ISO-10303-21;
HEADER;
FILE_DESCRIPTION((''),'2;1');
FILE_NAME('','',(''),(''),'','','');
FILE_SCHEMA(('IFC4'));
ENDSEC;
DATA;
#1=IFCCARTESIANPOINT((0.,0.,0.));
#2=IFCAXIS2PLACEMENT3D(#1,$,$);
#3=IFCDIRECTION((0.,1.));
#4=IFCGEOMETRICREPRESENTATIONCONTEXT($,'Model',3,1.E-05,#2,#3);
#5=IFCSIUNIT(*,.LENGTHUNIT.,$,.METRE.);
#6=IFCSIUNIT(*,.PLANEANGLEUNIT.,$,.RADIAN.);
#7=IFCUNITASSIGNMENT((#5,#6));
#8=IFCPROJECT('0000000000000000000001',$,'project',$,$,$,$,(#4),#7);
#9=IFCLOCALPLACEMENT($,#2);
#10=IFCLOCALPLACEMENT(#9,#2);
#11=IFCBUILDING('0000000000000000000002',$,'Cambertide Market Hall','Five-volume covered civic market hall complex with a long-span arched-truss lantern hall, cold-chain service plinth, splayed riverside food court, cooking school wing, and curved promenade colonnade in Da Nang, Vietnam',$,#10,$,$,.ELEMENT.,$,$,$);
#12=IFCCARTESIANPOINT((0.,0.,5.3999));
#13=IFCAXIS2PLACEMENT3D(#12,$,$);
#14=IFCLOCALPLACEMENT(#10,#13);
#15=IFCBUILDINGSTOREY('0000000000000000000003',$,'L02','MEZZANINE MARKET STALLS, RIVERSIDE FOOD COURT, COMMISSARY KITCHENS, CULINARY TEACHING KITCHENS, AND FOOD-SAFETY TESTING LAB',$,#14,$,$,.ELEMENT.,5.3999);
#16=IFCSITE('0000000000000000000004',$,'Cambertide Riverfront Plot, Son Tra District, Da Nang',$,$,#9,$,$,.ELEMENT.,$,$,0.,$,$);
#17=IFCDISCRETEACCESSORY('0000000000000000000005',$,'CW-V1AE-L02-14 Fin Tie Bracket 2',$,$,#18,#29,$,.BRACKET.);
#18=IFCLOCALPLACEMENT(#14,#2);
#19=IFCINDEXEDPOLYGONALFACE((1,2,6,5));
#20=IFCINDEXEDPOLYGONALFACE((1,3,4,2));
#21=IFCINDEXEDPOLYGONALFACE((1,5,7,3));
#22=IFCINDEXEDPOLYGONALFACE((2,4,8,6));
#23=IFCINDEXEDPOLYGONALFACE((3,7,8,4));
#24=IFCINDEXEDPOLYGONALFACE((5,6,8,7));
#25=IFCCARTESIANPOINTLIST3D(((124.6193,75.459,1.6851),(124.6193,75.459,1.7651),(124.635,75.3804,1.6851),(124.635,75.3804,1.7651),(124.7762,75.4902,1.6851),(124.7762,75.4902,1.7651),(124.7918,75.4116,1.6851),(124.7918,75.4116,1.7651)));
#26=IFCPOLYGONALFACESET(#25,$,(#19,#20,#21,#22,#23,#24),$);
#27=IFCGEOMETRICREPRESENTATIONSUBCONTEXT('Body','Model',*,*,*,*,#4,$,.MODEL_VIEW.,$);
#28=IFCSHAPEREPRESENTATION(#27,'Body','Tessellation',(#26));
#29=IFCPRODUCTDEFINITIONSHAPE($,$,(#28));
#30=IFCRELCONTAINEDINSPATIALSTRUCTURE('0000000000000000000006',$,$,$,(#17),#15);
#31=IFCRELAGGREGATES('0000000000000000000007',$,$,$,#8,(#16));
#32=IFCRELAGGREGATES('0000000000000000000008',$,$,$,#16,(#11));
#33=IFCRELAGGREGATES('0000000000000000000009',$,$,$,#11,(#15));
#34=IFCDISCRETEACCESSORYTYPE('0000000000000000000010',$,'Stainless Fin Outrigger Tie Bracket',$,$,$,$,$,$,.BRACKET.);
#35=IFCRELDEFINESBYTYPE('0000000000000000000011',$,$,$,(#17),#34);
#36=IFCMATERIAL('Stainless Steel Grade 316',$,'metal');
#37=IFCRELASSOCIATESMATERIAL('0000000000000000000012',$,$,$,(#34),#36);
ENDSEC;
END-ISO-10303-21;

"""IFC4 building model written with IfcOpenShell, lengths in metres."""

from ifc_helpers import new_model, si_unit, direction, frame, origin, origin_2d, place, context, subcontext, project, spatial, rectangle, extrude, material, type_object, element, save


model = new_model("IFC4")

# Units and contexts
model_context = context("Model", 3, precision=1e-05, world=origin(), true_north=direction((0.0, 1.0)))
body_context = subcontext(model_context, "Body", "Model", "MODEL_VIEW")
ifc_project = project(units=[si_unit("LENGTHUNIT", "METRE"), si_unit("PLANEANGLEUNIT", "RADIAN")], contexts=[model_context])

# Site, building, storey
site_placement = place(None, origin())
site = spatial("IfcSite", under=ifc_project, at=site_placement, Name="Cambertide Riverfront Plot, Son Tra District, Da Nang", CompositionType="ELEMENT", RefElevation=0.0)
building_placement = place(site_placement, origin())
building = spatial("IfcBuilding", under=site, at=building_placement, Name="Cambertide Market Hall", Description="Five-volume covered civic market hall complex with a long-span arched-truss lantern hall, cold-chain service plinth, splayed riverside food court, cooking school wing, and curved promenade colonnade in Da Nang, Vietnam", CompositionType="ELEMENT")
storey_placement = place(building_placement, frame((0.0, 0.0, 5.3999)))
storey = spatial("IfcBuildingStorey", under=building, at=storey_placement, Name="L02", Description="MEZZANINE MARKET STALLS, RIVERSIDE FOOD COURT, COMMISSARY KITCHENS, CULINARY TEACHING KITCHENS, AND FOOD-SAFETY TESTING LAB", CompositionType="ELEMENT", Elevation=5.3999)

# Discrete accessory
ifc_material_1 = material(Name="Stainless Steel Grade 316", Category="metal")
discrete_accessory_type = type_object("IfcDiscreteAccessoryType", Name="Stainless Fin Outrigger Tie Bracket", PredefinedType="BRACKET", material=ifc_material_1)
for number, where, z_axis, x_axis, name in (
    (1, (124.7056, 75.4353, 1.6851), (0.0, 0.0, 1.0), (0.19509, -0.980785, 0.0), "CW-V1AE-L02-14 Fin Tie Bracket 2"),
):
    element("IfcDiscreteAccessory", number, at=place(storey_placement, frame(where, z_axis=z_axis, x_axis=x_axis)), inside=storey, type_object=discrete_accessory_type, Name=name, PredefinedType="BRACKET", context=body_context, shape_type="SweptSolid", body=[
        extrude(rectangle(XDim=0.0801, YDim=0.1599, at=origin_2d()), origin(), (0.0, 0.0, 1.0), 0.0801),
    ])

save(model, "model.ifc")
